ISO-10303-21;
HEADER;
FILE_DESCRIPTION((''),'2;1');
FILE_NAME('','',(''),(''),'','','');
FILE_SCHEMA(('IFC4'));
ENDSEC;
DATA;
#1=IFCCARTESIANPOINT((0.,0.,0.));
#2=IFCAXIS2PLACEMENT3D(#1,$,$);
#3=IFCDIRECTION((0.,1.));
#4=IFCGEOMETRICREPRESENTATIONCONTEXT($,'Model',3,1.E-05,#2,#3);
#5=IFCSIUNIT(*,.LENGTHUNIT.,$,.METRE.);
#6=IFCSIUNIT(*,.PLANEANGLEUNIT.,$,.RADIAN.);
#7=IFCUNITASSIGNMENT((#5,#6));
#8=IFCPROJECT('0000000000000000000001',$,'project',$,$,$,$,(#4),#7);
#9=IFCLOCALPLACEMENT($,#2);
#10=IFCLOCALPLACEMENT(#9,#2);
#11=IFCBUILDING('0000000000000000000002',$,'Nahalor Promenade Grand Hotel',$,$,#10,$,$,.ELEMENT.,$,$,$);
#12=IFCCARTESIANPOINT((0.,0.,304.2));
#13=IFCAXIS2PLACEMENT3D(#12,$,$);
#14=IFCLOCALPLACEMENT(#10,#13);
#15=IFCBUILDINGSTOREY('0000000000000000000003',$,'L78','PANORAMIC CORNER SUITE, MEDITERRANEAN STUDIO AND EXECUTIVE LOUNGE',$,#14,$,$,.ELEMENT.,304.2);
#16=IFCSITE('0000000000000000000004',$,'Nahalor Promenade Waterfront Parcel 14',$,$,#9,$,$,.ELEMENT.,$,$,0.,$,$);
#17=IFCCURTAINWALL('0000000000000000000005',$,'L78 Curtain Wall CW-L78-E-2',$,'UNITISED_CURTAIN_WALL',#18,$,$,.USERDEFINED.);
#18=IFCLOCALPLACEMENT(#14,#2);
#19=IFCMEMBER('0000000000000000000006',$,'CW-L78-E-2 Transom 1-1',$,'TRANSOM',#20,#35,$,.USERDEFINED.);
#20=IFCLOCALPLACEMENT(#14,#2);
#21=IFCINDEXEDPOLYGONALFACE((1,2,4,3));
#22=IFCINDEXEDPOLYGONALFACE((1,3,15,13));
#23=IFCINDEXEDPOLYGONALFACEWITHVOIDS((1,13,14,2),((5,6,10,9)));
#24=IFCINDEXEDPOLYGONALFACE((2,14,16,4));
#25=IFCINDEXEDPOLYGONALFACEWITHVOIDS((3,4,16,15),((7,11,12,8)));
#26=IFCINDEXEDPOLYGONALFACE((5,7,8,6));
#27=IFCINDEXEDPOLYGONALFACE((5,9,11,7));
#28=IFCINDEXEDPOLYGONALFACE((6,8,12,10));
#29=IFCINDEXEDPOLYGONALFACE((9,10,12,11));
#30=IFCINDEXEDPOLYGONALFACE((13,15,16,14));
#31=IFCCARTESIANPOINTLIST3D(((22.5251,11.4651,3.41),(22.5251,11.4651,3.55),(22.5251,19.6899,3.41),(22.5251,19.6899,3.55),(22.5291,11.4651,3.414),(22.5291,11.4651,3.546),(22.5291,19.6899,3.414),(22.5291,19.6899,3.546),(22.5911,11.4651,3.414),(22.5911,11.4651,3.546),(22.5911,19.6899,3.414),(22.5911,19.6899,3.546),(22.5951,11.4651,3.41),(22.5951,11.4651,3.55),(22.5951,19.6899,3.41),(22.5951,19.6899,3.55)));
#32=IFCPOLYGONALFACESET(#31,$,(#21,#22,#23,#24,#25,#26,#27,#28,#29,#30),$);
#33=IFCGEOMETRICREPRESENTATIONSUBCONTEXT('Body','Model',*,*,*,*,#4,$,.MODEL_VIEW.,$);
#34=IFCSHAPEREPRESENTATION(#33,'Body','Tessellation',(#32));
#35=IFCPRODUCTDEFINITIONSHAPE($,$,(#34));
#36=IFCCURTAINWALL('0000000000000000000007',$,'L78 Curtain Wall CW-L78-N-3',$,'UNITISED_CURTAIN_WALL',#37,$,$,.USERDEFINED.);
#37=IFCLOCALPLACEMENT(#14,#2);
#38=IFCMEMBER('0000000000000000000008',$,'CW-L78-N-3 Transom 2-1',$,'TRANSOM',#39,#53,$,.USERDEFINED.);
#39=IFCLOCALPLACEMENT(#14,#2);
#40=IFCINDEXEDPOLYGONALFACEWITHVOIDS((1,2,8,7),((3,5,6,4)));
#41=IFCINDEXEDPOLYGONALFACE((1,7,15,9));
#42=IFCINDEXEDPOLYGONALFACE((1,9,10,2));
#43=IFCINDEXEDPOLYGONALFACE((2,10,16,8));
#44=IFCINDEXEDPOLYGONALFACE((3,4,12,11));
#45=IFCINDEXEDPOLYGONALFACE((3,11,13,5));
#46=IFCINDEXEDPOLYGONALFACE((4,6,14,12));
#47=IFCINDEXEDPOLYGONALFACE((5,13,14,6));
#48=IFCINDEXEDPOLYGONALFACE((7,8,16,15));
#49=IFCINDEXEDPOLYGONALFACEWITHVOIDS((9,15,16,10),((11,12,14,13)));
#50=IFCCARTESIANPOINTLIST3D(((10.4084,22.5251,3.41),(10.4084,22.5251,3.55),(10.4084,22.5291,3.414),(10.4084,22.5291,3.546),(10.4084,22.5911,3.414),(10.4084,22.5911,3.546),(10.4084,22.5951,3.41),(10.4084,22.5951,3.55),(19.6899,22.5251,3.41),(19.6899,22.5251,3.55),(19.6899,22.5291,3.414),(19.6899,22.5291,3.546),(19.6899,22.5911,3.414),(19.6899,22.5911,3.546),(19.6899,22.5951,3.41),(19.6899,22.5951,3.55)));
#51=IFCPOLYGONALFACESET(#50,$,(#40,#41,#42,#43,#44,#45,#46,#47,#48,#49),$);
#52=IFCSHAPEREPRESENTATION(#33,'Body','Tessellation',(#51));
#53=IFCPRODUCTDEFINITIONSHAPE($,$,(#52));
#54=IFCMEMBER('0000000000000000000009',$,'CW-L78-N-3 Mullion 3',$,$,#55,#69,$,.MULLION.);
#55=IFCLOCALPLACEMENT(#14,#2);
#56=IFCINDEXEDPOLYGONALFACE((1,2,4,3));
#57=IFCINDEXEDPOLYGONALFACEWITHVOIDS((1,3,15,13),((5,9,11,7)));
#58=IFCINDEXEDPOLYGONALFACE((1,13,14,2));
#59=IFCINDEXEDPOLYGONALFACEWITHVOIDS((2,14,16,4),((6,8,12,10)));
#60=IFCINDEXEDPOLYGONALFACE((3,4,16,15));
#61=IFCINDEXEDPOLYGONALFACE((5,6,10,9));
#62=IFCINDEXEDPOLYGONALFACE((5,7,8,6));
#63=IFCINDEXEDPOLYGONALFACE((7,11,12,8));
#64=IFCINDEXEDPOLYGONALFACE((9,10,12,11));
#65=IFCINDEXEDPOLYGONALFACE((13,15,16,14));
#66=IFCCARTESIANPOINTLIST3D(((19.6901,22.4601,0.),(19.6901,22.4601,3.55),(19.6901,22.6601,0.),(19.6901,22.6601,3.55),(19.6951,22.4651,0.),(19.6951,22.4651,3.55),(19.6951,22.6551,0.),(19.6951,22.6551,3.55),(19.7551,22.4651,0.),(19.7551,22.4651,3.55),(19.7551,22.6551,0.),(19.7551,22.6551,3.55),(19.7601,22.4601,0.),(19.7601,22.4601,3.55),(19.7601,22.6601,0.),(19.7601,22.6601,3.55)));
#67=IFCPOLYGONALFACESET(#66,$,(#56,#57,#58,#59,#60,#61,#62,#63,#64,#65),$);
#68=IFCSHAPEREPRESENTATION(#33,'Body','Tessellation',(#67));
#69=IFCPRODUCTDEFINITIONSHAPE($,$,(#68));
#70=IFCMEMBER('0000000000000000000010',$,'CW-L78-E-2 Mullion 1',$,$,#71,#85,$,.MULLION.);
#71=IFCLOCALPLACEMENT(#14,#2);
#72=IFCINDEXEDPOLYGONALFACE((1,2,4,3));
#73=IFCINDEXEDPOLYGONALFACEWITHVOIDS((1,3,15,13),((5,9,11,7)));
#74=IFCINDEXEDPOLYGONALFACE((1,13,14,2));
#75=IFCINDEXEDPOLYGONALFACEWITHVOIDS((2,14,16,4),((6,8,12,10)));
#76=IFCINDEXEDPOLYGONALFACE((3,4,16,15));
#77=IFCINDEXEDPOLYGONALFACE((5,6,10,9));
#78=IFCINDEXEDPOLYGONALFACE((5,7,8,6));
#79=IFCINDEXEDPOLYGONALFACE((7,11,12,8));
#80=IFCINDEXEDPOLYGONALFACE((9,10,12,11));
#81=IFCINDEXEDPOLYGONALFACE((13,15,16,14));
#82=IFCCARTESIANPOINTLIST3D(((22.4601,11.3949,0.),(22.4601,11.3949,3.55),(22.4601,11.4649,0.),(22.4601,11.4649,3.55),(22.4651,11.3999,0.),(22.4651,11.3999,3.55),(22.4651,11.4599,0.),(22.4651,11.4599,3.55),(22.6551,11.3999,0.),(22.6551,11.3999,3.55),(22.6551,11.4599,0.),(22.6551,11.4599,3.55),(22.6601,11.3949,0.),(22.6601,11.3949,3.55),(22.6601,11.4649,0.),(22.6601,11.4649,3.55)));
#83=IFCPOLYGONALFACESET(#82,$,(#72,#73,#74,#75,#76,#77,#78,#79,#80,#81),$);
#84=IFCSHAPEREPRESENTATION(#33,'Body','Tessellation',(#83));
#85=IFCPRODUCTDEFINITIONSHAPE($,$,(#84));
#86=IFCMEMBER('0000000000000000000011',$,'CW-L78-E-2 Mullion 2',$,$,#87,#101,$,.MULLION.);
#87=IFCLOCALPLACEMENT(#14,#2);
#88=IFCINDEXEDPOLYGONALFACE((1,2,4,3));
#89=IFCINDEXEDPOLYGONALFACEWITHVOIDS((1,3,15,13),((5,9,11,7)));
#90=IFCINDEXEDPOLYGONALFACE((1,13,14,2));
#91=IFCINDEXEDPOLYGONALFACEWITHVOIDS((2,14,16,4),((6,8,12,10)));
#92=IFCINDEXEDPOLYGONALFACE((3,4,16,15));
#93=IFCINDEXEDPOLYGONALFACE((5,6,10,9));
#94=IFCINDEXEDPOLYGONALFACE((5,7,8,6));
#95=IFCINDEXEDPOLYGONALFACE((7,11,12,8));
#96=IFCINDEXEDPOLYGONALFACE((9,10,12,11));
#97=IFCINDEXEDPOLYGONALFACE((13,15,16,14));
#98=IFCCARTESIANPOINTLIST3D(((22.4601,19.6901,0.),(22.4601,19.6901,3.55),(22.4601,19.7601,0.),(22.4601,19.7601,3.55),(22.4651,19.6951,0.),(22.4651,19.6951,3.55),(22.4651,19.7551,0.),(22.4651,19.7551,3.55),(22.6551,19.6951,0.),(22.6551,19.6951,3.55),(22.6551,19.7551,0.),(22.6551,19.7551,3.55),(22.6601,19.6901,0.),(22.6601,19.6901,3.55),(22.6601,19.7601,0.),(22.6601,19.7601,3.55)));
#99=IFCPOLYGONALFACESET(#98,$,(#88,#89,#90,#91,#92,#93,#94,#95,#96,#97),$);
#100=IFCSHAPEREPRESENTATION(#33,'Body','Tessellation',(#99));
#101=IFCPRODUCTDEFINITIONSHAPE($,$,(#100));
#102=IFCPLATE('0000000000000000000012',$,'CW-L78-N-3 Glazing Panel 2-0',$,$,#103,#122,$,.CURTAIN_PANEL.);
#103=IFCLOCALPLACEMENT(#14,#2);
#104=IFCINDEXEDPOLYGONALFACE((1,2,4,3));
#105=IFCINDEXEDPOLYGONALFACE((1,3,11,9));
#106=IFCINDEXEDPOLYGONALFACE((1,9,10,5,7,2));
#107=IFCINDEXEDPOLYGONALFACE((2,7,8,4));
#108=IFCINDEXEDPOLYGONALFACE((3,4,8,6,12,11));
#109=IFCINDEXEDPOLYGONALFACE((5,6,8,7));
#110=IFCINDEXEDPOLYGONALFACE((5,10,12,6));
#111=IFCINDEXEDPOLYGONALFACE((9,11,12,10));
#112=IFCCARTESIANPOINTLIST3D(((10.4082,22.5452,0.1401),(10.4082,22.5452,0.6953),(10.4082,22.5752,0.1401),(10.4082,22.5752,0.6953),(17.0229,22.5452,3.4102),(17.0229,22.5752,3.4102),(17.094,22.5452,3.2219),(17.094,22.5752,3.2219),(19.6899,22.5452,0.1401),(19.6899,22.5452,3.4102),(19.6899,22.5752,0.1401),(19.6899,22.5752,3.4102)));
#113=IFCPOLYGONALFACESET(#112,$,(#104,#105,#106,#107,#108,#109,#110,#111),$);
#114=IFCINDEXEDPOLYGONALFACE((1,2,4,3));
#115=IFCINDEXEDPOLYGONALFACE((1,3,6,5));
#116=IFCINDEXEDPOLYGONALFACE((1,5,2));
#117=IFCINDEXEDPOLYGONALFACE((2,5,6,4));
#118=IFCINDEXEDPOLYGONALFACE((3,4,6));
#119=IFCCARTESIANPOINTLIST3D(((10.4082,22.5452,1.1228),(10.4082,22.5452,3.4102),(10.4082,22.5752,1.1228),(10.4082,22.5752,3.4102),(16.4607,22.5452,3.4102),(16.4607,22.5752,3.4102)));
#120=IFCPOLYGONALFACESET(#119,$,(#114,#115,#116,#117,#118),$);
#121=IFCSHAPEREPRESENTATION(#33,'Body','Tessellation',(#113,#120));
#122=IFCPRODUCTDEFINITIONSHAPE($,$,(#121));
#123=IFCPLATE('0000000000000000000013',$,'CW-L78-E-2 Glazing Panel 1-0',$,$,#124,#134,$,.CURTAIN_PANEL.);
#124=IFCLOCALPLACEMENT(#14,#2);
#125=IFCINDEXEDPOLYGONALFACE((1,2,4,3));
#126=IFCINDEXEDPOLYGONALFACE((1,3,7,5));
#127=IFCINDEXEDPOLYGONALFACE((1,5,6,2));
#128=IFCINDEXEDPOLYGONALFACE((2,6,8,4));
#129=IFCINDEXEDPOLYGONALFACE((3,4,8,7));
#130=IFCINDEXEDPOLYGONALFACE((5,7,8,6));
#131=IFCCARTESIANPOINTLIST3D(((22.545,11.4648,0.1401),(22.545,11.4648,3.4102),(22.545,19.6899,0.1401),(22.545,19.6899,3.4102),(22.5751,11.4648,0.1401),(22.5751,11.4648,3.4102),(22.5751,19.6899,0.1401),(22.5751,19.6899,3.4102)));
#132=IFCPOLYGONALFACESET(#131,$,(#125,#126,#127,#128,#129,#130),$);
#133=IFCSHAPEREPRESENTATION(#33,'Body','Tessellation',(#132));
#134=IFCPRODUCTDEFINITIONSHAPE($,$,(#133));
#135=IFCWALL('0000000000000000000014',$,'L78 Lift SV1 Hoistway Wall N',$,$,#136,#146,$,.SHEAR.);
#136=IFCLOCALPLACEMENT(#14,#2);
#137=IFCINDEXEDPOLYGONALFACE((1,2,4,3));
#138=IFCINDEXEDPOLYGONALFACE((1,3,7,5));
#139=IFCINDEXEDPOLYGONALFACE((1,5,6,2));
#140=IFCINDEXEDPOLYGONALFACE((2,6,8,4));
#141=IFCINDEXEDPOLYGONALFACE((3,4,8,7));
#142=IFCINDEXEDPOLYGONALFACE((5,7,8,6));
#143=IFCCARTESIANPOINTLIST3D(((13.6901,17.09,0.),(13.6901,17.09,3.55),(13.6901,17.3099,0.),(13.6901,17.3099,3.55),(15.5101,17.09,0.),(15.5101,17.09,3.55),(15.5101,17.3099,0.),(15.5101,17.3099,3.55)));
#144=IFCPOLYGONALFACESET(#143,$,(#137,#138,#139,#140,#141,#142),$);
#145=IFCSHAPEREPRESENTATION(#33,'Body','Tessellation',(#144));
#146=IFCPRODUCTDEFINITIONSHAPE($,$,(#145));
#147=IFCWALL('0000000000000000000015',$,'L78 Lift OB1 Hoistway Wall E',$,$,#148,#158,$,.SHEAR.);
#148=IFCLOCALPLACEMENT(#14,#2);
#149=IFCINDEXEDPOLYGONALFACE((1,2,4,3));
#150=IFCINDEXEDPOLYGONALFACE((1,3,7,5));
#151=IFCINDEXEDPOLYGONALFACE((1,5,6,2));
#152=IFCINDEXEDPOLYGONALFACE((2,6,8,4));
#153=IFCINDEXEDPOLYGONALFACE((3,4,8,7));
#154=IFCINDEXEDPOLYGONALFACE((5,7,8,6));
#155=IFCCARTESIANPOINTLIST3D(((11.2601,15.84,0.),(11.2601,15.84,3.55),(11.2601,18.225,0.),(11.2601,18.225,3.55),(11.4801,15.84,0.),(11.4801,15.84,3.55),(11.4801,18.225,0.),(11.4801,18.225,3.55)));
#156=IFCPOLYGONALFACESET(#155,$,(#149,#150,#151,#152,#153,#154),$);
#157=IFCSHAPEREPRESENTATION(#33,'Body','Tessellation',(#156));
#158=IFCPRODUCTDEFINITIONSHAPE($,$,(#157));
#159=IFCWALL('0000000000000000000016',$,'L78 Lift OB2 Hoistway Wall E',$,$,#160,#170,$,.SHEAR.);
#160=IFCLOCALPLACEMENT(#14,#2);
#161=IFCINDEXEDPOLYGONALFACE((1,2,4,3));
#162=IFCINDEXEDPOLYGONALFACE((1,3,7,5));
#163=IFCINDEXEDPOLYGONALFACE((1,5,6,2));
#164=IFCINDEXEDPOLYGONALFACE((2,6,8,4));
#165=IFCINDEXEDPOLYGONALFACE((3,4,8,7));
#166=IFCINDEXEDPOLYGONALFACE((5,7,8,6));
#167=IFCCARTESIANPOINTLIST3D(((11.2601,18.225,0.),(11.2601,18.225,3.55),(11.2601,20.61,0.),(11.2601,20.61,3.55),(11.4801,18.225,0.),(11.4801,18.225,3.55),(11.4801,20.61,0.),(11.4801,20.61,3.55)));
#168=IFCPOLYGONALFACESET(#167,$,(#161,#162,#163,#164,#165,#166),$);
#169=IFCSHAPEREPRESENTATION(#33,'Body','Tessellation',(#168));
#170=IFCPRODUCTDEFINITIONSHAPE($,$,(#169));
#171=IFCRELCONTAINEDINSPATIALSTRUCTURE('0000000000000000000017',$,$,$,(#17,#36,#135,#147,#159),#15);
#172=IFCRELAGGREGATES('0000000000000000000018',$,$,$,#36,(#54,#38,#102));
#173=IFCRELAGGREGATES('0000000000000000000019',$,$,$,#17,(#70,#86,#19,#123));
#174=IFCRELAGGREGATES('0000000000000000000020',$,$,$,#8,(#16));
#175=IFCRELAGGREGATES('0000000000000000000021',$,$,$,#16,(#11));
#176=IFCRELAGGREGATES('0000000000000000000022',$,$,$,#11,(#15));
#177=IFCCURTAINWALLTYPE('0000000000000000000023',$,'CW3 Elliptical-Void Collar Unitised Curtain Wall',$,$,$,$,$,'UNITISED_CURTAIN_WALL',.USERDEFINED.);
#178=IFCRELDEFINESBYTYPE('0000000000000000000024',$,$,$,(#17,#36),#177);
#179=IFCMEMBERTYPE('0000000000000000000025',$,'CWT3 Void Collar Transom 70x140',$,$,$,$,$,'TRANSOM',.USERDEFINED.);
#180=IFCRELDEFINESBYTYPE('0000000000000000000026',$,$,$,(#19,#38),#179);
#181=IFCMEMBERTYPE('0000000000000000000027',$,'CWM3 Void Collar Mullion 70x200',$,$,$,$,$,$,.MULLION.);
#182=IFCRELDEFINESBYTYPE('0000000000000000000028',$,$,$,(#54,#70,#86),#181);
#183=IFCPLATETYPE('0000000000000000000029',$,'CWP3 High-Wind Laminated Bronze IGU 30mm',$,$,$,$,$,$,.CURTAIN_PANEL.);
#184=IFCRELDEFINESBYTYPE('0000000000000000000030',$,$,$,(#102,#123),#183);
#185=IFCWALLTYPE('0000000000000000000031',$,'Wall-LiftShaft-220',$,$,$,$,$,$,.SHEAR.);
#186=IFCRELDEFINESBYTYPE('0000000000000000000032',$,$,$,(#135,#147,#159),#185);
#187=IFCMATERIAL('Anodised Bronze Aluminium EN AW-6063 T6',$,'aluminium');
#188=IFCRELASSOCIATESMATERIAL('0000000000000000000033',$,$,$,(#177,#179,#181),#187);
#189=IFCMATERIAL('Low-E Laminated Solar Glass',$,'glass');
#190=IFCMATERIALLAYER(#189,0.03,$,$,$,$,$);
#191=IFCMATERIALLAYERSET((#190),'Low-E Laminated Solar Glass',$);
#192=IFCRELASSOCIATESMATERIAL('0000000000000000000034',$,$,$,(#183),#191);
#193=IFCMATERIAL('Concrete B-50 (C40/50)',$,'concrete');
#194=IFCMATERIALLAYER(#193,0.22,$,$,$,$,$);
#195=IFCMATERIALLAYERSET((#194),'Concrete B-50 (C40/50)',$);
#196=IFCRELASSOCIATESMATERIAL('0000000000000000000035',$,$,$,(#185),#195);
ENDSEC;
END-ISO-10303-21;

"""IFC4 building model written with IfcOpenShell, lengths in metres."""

from ifc_helpers import new_model, si_unit, direction, frame, frame_2d, origin, origin_2d, place, context, subcontext, project, spatial, polyline, rectangle, hollow_rectangle, outline, extrude, source, transform, mapped, material, layer, layer_set, material_profile, profile_set, type_object, element, aggregate, save


model = new_model("IFC4")

# Units and contexts
model_context = context("Model", 3, precision=1e-05, world=origin(), true_north=direction((0.0, 1.0)))
body_context = subcontext(model_context, "Body", "Model", "MODEL_VIEW")
ifc_project = project(units=[si_unit("LENGTHUNIT", "METRE"), si_unit("PLANEANGLEUNIT", "RADIAN")], contexts=[model_context])

# Site, building, storey
site_placement = place(None, origin())
site = spatial("IfcSite", under=ifc_project, at=site_placement, Name="Nahalor Promenade Waterfront Parcel 14", CompositionType="ELEMENT", RefElevation=0.0)
building_placement = place(site_placement, origin())
building = spatial("IfcBuilding", under=site, at=building_placement, Name="Nahalor Promenade Grand Hotel", CompositionType="ELEMENT")
storey_placement = place(building_placement, frame((0.0, 0.0, 304.2)))
storey = spatial("IfcBuildingStorey", under=building, at=storey_placement, Name="L78", Description="PANORAMIC CORNER SUITE, MEDITERRANEAN STUDIO AND EXECUTIVE LOUNGE", CompositionType="ELEMENT", Elevation=304.2)

# Shared definitions
ifc_material_1 = material(Name="Concrete B-50 (C40/50)", Category="concrete")

# Curtain walls, members
ifc_material_2 = material(Name="Anodised Bronze Aluminium EN AW-6063 T6", Category="aluminium")
curtain_wall_type = type_object("IfcCurtainWallType", Name="CW3 Elliptical-Void Collar Unitised Curtain Wall", ElementType="UNITISED_CURTAIN_WALL", PredefinedType="USERDEFINED", material=ifc_material_2)
curtain_wall_1_placement = place(storey_placement, origin())
curtain_wall_1 = element("IfcCurtainWall", 1, at=curtain_wall_1_placement, inside=storey, type_object=curtain_wall_type, Name="L78 Curtain Wall CW-L78-E-2", ObjectType="UNITISED_CURTAIN_WALL", PredefinedType="USERDEFINED")
ifc_material_profile_1 = material_profile(ifc_material_2, hollow_rectangle(XDim=0.07, YDim=0.14, WallThickness=0.004, at=origin_2d()), Name="CWT 70x140x4")
ifc_profile_set_1 = profile_set([ifc_material_profile_1], Name="Anodised Bronze Aluminium EN AW-6063 T6")
member_type_1 = type_object("IfcMemberType", Name="CWT3 Void Collar Transom 70x140", ElementType="TRANSOM", PredefinedType="USERDEFINED", material=ifc_profile_set_1)
shared_shape_1 = source(origin(), body_context, "Body", "SweptSolid", [
    extrude(hollow_rectangle(XDim=0.07, YDim=0.14, WallThickness=0.004, at=origin_2d()), origin(), (0.0, 0.0, 1.0), 8.2249),
])
member_1_placement = place(storey_placement, frame((22.5601, 11.4651, 3.48), z_axis=(0.0, 1.0, 0.0), x_axis=(-1.0, 0.0, 0.0)))
member_1 = element("IfcMember", 2, at=member_1_placement, type_object=member_type_1, Name="CW-L78-E-2 Transom 1-1", ObjectType="TRANSOM", PredefinedType="USERDEFINED", context=body_context, shape_type="MappedRepresentation", body=[
    mapped(shared_shape_1, transform((0.0, 0.0, 0.0), scale=1.0)),
])
curtain_wall_2_placement = place(storey_placement, origin())
curtain_wall_2 = element("IfcCurtainWall", 3, at=curtain_wall_2_placement, inside=storey, type_object=curtain_wall_type, Name="L78 Curtain Wall CW-L78-N-3", ObjectType="UNITISED_CURTAIN_WALL", PredefinedType="USERDEFINED")
shared_shape_2 = source(origin(), body_context, "Body", "SweptSolid", [
    extrude(hollow_rectangle(XDim=0.07, YDim=0.14, WallThickness=0.004, at=origin_2d()), origin(), (0.0, 0.0, 1.0), 9.2815),
])
member_2_placement = place(storey_placement, frame((10.4084, 22.5601, 3.48), z_axis=(1.0, 0.0, 0.0), x_axis=(0.0, 1.0, 0.0)))
member_2 = element("IfcMember", 4, at=member_2_placement, type_object=member_type_1, Name="CW-L78-N-3 Transom 2-1", ObjectType="TRANSOM", PredefinedType="USERDEFINED", context=body_context, shape_type="MappedRepresentation", body=[
    mapped(shared_shape_2, transform((0.0, 0.0, 0.0), scale=1.0)),
])
ifc_material_profile_2 = material_profile(ifc_material_2, hollow_rectangle(XDim=0.07, YDim=0.2, WallThickness=0.005, at=origin_2d()), Name="CWM 70x200x5")
ifc_profile_set_2 = profile_set([ifc_material_profile_2], Name="Anodised Bronze Aluminium EN AW-6063 T6")
member_type_2 = type_object("IfcMemberType", Name="CWM3 Void Collar Mullion 70x200", PredefinedType="MULLION", material=ifc_profile_set_2)
shared_shape_3 = source(origin(), body_context, "Body", "SweptSolid", [
    extrude(hollow_rectangle(XDim=0.07, YDim=0.2, WallThickness=0.005, at=origin_2d()), origin(), (0.0, 0.0, 1.0), 3.55),
])
member_3_placement = place(storey_placement, frame((19.7251, 22.5601, 0.0), z_axis=(0.0, 0.0, 1.0), x_axis=(1.0, 0.0, 0.0)))
member_3 = element("IfcMember", 5, at=member_3_placement, type_object=member_type_2, Name="CW-L78-N-3 Mullion 3", PredefinedType="MULLION", context=body_context, shape_type="MappedRepresentation", body=[
    mapped(shared_shape_3, transform((0.0, 0.0, 0.0), scale=1.0)),
])

# Members
member_4_placement = place(storey_placement, frame((22.5601, 11.4299, 0.0), z_axis=(0.0, 0.0, 1.0), x_axis=(0.0, 1.0, 0.0)))
member_4 = element("IfcMember", 6, at=member_4_placement, type_object=member_type_2, Name="CW-L78-E-2 Mullion 1", PredefinedType="MULLION", context=body_context, shape_type="MappedRepresentation", body=[
    mapped(shared_shape_3, transform((0.0, 0.0, 0.0), scale=1.0)),
])
member_5_placement = place(storey_placement, frame((22.5601, 19.7251, 0.0), z_axis=(0.0, 0.0, 1.0), x_axis=(0.0, 1.0, 0.0)))
member_5 = element("IfcMember", 7, at=member_5_placement, type_object=member_type_2, Name="CW-L78-E-2 Mullion 2", PredefinedType="MULLION", context=body_context, shape_type="MappedRepresentation", body=[
    mapped(shared_shape_3, transform((0.0, 0.0, 0.0), scale=1.0)),
])

# Plates
ifc_material_3 = material(Name="Low-E Laminated Solar Glass", Category="glass")
ifc_layer_1 = layer(ifc_material_3, 0.03)
ifc_layer_set_1 = layer_set([ifc_layer_1], Name="Low-E Laminated Solar Glass")
plate_type = type_object("IfcPlateType", Name="CWP3 High-Wind Laminated Bronze IGU 30mm", PredefinedType="CURTAIN_PANEL", material=ifc_layer_set_1)
plate_1_placement = place(storey_placement, frame((15.0491, 22.5601, 0.1401), z_axis=(0.0, 0.0, 1.0), x_axis=(1.0, 0.0, 0.0)))
plate_1 = element("IfcPlate", 8, at=plate_1_placement, type_object=plate_type, Name="CW-L78-N-3 Glazing Panel 2-0", PredefinedType="CURTAIN_PANEL", context=body_context, shape_type="SweptSolid", body=[
    extrude(outline(polyline([(4.6409, 0.0), (4.6409, 3.27), (1.9739, 3.27), (2.0449, 3.0818), (-4.6409, 0.5552), (-4.6409, 0.0), (4.6409, 0.0)])), frame((0.0, 0.0151, 0.0), z_axis=(0.0, -1.0, 0.0), x_axis=(1.0, 0.0, 0.0)), (0.0, 0.0, 1.0), 0.03),
    extrude(outline(polyline([(1.4116, 3.27), (-4.6409, 3.27), (-4.6409, 0.9827), (1.4116, 3.27)])), frame((0.0, 0.0151, 0.0), z_axis=(0.0, -1.0, 0.0), x_axis=(1.0, 0.0, 0.0)), (0.0, 0.0, 1.0), 0.03),
])
aggregate(curtain_wall_2, [member_3, member_2, plate_1])
shared_shape_4 = source(origin(), body_context, "Body", "SweptSolid", [
    extrude(rectangle(XDim=8.2251, YDim=0.03, at=origin_2d()), origin(), (0.0, 0.0, 1.0), 3.27),
])
plate_2_placement = place(storey_placement, frame((22.5601, 15.5774, 0.1401), z_axis=(0.0, 0.0, 1.0), x_axis=(0.0, 1.0, 0.0)))
plate_2 = element("IfcPlate", 9, at=plate_2_placement, type_object=plate_type, Name="CW-L78-E-2 Glazing Panel 1-0", PredefinedType="CURTAIN_PANEL", context=body_context, shape_type="MappedRepresentation", body=[
    mapped(shared_shape_4, transform((0.0, 0.0, 0.0), scale=1.0)),
])
aggregate(curtain_wall_1, [member_4, member_5, member_1, plate_2])

# Walls
ifc_layer_2 = layer(ifc_material_1, 0.22)
ifc_layer_set_2 = layer_set([ifc_layer_2], Name="Concrete B-50 (C40/50)")
wall_type_1 = type_object("IfcWallType", Name="Wall-LiftShaft-220", PredefinedType="SHEAR", material=ifc_layer_set_2)
shared_shape_5 = source(origin(), body_context, "Body", "SweptSolid", [
    extrude(rectangle(XDim=1.8201, YDim=0.22, at=frame_2d((0.9102, 0.0))), origin(), (0.0, 0.0, 1.0), 3.55),
])
wall_1_placement = place(storey_placement, frame((13.6899, 17.2, 0.0), z_axis=(0.0, 0.0, 1.0), x_axis=(1.0, 0.0, 0.0)))
element("IfcWall", 10, at=wall_1_placement, inside=storey, type_object=wall_type_1, Name="L78 Lift SV1 Hoistway Wall N", PredefinedType="SHEAR", context=body_context, shape_type="MappedRepresentation", body=[
    mapped(shared_shape_5, transform((0.0, 0.0, 0.0), scale=1.0)),
])
shared_shape_6 = source(origin(), body_context, "Body", "SweptSolid", [
    extrude(rectangle(XDim=2.385, YDim=0.22, at=frame_2d((1.1924, 0.0))), origin(), (0.0, 0.0, 1.0), 3.55),
])
for number, where, z_axis, x_axis, name in (
    (11, (11.3701, 15.8401, 0.0), (0.0, 0.0, 1.0), (0.0, 1.0, 0.0), "L78 Lift OB1 Hoistway Wall E"),
    (12, (11.3701, 18.2251, 0.0), (0.0, 0.0, 1.0), (0.0, 1.0, 0.0), "L78 Lift OB2 Hoistway Wall E"),
):
    element("IfcWall", number, at=place(storey_placement, frame(where, z_axis=z_axis, x_axis=x_axis)), inside=storey, type_object=wall_type_1, Name=name, PredefinedType="SHEAR", context=body_context, shape_type="MappedRepresentation", body=[
        mapped(shared_shape_6, transform((0.0, 0.0, 0.0), scale=1.0)),
    ])

save(model, "model.ifc")
